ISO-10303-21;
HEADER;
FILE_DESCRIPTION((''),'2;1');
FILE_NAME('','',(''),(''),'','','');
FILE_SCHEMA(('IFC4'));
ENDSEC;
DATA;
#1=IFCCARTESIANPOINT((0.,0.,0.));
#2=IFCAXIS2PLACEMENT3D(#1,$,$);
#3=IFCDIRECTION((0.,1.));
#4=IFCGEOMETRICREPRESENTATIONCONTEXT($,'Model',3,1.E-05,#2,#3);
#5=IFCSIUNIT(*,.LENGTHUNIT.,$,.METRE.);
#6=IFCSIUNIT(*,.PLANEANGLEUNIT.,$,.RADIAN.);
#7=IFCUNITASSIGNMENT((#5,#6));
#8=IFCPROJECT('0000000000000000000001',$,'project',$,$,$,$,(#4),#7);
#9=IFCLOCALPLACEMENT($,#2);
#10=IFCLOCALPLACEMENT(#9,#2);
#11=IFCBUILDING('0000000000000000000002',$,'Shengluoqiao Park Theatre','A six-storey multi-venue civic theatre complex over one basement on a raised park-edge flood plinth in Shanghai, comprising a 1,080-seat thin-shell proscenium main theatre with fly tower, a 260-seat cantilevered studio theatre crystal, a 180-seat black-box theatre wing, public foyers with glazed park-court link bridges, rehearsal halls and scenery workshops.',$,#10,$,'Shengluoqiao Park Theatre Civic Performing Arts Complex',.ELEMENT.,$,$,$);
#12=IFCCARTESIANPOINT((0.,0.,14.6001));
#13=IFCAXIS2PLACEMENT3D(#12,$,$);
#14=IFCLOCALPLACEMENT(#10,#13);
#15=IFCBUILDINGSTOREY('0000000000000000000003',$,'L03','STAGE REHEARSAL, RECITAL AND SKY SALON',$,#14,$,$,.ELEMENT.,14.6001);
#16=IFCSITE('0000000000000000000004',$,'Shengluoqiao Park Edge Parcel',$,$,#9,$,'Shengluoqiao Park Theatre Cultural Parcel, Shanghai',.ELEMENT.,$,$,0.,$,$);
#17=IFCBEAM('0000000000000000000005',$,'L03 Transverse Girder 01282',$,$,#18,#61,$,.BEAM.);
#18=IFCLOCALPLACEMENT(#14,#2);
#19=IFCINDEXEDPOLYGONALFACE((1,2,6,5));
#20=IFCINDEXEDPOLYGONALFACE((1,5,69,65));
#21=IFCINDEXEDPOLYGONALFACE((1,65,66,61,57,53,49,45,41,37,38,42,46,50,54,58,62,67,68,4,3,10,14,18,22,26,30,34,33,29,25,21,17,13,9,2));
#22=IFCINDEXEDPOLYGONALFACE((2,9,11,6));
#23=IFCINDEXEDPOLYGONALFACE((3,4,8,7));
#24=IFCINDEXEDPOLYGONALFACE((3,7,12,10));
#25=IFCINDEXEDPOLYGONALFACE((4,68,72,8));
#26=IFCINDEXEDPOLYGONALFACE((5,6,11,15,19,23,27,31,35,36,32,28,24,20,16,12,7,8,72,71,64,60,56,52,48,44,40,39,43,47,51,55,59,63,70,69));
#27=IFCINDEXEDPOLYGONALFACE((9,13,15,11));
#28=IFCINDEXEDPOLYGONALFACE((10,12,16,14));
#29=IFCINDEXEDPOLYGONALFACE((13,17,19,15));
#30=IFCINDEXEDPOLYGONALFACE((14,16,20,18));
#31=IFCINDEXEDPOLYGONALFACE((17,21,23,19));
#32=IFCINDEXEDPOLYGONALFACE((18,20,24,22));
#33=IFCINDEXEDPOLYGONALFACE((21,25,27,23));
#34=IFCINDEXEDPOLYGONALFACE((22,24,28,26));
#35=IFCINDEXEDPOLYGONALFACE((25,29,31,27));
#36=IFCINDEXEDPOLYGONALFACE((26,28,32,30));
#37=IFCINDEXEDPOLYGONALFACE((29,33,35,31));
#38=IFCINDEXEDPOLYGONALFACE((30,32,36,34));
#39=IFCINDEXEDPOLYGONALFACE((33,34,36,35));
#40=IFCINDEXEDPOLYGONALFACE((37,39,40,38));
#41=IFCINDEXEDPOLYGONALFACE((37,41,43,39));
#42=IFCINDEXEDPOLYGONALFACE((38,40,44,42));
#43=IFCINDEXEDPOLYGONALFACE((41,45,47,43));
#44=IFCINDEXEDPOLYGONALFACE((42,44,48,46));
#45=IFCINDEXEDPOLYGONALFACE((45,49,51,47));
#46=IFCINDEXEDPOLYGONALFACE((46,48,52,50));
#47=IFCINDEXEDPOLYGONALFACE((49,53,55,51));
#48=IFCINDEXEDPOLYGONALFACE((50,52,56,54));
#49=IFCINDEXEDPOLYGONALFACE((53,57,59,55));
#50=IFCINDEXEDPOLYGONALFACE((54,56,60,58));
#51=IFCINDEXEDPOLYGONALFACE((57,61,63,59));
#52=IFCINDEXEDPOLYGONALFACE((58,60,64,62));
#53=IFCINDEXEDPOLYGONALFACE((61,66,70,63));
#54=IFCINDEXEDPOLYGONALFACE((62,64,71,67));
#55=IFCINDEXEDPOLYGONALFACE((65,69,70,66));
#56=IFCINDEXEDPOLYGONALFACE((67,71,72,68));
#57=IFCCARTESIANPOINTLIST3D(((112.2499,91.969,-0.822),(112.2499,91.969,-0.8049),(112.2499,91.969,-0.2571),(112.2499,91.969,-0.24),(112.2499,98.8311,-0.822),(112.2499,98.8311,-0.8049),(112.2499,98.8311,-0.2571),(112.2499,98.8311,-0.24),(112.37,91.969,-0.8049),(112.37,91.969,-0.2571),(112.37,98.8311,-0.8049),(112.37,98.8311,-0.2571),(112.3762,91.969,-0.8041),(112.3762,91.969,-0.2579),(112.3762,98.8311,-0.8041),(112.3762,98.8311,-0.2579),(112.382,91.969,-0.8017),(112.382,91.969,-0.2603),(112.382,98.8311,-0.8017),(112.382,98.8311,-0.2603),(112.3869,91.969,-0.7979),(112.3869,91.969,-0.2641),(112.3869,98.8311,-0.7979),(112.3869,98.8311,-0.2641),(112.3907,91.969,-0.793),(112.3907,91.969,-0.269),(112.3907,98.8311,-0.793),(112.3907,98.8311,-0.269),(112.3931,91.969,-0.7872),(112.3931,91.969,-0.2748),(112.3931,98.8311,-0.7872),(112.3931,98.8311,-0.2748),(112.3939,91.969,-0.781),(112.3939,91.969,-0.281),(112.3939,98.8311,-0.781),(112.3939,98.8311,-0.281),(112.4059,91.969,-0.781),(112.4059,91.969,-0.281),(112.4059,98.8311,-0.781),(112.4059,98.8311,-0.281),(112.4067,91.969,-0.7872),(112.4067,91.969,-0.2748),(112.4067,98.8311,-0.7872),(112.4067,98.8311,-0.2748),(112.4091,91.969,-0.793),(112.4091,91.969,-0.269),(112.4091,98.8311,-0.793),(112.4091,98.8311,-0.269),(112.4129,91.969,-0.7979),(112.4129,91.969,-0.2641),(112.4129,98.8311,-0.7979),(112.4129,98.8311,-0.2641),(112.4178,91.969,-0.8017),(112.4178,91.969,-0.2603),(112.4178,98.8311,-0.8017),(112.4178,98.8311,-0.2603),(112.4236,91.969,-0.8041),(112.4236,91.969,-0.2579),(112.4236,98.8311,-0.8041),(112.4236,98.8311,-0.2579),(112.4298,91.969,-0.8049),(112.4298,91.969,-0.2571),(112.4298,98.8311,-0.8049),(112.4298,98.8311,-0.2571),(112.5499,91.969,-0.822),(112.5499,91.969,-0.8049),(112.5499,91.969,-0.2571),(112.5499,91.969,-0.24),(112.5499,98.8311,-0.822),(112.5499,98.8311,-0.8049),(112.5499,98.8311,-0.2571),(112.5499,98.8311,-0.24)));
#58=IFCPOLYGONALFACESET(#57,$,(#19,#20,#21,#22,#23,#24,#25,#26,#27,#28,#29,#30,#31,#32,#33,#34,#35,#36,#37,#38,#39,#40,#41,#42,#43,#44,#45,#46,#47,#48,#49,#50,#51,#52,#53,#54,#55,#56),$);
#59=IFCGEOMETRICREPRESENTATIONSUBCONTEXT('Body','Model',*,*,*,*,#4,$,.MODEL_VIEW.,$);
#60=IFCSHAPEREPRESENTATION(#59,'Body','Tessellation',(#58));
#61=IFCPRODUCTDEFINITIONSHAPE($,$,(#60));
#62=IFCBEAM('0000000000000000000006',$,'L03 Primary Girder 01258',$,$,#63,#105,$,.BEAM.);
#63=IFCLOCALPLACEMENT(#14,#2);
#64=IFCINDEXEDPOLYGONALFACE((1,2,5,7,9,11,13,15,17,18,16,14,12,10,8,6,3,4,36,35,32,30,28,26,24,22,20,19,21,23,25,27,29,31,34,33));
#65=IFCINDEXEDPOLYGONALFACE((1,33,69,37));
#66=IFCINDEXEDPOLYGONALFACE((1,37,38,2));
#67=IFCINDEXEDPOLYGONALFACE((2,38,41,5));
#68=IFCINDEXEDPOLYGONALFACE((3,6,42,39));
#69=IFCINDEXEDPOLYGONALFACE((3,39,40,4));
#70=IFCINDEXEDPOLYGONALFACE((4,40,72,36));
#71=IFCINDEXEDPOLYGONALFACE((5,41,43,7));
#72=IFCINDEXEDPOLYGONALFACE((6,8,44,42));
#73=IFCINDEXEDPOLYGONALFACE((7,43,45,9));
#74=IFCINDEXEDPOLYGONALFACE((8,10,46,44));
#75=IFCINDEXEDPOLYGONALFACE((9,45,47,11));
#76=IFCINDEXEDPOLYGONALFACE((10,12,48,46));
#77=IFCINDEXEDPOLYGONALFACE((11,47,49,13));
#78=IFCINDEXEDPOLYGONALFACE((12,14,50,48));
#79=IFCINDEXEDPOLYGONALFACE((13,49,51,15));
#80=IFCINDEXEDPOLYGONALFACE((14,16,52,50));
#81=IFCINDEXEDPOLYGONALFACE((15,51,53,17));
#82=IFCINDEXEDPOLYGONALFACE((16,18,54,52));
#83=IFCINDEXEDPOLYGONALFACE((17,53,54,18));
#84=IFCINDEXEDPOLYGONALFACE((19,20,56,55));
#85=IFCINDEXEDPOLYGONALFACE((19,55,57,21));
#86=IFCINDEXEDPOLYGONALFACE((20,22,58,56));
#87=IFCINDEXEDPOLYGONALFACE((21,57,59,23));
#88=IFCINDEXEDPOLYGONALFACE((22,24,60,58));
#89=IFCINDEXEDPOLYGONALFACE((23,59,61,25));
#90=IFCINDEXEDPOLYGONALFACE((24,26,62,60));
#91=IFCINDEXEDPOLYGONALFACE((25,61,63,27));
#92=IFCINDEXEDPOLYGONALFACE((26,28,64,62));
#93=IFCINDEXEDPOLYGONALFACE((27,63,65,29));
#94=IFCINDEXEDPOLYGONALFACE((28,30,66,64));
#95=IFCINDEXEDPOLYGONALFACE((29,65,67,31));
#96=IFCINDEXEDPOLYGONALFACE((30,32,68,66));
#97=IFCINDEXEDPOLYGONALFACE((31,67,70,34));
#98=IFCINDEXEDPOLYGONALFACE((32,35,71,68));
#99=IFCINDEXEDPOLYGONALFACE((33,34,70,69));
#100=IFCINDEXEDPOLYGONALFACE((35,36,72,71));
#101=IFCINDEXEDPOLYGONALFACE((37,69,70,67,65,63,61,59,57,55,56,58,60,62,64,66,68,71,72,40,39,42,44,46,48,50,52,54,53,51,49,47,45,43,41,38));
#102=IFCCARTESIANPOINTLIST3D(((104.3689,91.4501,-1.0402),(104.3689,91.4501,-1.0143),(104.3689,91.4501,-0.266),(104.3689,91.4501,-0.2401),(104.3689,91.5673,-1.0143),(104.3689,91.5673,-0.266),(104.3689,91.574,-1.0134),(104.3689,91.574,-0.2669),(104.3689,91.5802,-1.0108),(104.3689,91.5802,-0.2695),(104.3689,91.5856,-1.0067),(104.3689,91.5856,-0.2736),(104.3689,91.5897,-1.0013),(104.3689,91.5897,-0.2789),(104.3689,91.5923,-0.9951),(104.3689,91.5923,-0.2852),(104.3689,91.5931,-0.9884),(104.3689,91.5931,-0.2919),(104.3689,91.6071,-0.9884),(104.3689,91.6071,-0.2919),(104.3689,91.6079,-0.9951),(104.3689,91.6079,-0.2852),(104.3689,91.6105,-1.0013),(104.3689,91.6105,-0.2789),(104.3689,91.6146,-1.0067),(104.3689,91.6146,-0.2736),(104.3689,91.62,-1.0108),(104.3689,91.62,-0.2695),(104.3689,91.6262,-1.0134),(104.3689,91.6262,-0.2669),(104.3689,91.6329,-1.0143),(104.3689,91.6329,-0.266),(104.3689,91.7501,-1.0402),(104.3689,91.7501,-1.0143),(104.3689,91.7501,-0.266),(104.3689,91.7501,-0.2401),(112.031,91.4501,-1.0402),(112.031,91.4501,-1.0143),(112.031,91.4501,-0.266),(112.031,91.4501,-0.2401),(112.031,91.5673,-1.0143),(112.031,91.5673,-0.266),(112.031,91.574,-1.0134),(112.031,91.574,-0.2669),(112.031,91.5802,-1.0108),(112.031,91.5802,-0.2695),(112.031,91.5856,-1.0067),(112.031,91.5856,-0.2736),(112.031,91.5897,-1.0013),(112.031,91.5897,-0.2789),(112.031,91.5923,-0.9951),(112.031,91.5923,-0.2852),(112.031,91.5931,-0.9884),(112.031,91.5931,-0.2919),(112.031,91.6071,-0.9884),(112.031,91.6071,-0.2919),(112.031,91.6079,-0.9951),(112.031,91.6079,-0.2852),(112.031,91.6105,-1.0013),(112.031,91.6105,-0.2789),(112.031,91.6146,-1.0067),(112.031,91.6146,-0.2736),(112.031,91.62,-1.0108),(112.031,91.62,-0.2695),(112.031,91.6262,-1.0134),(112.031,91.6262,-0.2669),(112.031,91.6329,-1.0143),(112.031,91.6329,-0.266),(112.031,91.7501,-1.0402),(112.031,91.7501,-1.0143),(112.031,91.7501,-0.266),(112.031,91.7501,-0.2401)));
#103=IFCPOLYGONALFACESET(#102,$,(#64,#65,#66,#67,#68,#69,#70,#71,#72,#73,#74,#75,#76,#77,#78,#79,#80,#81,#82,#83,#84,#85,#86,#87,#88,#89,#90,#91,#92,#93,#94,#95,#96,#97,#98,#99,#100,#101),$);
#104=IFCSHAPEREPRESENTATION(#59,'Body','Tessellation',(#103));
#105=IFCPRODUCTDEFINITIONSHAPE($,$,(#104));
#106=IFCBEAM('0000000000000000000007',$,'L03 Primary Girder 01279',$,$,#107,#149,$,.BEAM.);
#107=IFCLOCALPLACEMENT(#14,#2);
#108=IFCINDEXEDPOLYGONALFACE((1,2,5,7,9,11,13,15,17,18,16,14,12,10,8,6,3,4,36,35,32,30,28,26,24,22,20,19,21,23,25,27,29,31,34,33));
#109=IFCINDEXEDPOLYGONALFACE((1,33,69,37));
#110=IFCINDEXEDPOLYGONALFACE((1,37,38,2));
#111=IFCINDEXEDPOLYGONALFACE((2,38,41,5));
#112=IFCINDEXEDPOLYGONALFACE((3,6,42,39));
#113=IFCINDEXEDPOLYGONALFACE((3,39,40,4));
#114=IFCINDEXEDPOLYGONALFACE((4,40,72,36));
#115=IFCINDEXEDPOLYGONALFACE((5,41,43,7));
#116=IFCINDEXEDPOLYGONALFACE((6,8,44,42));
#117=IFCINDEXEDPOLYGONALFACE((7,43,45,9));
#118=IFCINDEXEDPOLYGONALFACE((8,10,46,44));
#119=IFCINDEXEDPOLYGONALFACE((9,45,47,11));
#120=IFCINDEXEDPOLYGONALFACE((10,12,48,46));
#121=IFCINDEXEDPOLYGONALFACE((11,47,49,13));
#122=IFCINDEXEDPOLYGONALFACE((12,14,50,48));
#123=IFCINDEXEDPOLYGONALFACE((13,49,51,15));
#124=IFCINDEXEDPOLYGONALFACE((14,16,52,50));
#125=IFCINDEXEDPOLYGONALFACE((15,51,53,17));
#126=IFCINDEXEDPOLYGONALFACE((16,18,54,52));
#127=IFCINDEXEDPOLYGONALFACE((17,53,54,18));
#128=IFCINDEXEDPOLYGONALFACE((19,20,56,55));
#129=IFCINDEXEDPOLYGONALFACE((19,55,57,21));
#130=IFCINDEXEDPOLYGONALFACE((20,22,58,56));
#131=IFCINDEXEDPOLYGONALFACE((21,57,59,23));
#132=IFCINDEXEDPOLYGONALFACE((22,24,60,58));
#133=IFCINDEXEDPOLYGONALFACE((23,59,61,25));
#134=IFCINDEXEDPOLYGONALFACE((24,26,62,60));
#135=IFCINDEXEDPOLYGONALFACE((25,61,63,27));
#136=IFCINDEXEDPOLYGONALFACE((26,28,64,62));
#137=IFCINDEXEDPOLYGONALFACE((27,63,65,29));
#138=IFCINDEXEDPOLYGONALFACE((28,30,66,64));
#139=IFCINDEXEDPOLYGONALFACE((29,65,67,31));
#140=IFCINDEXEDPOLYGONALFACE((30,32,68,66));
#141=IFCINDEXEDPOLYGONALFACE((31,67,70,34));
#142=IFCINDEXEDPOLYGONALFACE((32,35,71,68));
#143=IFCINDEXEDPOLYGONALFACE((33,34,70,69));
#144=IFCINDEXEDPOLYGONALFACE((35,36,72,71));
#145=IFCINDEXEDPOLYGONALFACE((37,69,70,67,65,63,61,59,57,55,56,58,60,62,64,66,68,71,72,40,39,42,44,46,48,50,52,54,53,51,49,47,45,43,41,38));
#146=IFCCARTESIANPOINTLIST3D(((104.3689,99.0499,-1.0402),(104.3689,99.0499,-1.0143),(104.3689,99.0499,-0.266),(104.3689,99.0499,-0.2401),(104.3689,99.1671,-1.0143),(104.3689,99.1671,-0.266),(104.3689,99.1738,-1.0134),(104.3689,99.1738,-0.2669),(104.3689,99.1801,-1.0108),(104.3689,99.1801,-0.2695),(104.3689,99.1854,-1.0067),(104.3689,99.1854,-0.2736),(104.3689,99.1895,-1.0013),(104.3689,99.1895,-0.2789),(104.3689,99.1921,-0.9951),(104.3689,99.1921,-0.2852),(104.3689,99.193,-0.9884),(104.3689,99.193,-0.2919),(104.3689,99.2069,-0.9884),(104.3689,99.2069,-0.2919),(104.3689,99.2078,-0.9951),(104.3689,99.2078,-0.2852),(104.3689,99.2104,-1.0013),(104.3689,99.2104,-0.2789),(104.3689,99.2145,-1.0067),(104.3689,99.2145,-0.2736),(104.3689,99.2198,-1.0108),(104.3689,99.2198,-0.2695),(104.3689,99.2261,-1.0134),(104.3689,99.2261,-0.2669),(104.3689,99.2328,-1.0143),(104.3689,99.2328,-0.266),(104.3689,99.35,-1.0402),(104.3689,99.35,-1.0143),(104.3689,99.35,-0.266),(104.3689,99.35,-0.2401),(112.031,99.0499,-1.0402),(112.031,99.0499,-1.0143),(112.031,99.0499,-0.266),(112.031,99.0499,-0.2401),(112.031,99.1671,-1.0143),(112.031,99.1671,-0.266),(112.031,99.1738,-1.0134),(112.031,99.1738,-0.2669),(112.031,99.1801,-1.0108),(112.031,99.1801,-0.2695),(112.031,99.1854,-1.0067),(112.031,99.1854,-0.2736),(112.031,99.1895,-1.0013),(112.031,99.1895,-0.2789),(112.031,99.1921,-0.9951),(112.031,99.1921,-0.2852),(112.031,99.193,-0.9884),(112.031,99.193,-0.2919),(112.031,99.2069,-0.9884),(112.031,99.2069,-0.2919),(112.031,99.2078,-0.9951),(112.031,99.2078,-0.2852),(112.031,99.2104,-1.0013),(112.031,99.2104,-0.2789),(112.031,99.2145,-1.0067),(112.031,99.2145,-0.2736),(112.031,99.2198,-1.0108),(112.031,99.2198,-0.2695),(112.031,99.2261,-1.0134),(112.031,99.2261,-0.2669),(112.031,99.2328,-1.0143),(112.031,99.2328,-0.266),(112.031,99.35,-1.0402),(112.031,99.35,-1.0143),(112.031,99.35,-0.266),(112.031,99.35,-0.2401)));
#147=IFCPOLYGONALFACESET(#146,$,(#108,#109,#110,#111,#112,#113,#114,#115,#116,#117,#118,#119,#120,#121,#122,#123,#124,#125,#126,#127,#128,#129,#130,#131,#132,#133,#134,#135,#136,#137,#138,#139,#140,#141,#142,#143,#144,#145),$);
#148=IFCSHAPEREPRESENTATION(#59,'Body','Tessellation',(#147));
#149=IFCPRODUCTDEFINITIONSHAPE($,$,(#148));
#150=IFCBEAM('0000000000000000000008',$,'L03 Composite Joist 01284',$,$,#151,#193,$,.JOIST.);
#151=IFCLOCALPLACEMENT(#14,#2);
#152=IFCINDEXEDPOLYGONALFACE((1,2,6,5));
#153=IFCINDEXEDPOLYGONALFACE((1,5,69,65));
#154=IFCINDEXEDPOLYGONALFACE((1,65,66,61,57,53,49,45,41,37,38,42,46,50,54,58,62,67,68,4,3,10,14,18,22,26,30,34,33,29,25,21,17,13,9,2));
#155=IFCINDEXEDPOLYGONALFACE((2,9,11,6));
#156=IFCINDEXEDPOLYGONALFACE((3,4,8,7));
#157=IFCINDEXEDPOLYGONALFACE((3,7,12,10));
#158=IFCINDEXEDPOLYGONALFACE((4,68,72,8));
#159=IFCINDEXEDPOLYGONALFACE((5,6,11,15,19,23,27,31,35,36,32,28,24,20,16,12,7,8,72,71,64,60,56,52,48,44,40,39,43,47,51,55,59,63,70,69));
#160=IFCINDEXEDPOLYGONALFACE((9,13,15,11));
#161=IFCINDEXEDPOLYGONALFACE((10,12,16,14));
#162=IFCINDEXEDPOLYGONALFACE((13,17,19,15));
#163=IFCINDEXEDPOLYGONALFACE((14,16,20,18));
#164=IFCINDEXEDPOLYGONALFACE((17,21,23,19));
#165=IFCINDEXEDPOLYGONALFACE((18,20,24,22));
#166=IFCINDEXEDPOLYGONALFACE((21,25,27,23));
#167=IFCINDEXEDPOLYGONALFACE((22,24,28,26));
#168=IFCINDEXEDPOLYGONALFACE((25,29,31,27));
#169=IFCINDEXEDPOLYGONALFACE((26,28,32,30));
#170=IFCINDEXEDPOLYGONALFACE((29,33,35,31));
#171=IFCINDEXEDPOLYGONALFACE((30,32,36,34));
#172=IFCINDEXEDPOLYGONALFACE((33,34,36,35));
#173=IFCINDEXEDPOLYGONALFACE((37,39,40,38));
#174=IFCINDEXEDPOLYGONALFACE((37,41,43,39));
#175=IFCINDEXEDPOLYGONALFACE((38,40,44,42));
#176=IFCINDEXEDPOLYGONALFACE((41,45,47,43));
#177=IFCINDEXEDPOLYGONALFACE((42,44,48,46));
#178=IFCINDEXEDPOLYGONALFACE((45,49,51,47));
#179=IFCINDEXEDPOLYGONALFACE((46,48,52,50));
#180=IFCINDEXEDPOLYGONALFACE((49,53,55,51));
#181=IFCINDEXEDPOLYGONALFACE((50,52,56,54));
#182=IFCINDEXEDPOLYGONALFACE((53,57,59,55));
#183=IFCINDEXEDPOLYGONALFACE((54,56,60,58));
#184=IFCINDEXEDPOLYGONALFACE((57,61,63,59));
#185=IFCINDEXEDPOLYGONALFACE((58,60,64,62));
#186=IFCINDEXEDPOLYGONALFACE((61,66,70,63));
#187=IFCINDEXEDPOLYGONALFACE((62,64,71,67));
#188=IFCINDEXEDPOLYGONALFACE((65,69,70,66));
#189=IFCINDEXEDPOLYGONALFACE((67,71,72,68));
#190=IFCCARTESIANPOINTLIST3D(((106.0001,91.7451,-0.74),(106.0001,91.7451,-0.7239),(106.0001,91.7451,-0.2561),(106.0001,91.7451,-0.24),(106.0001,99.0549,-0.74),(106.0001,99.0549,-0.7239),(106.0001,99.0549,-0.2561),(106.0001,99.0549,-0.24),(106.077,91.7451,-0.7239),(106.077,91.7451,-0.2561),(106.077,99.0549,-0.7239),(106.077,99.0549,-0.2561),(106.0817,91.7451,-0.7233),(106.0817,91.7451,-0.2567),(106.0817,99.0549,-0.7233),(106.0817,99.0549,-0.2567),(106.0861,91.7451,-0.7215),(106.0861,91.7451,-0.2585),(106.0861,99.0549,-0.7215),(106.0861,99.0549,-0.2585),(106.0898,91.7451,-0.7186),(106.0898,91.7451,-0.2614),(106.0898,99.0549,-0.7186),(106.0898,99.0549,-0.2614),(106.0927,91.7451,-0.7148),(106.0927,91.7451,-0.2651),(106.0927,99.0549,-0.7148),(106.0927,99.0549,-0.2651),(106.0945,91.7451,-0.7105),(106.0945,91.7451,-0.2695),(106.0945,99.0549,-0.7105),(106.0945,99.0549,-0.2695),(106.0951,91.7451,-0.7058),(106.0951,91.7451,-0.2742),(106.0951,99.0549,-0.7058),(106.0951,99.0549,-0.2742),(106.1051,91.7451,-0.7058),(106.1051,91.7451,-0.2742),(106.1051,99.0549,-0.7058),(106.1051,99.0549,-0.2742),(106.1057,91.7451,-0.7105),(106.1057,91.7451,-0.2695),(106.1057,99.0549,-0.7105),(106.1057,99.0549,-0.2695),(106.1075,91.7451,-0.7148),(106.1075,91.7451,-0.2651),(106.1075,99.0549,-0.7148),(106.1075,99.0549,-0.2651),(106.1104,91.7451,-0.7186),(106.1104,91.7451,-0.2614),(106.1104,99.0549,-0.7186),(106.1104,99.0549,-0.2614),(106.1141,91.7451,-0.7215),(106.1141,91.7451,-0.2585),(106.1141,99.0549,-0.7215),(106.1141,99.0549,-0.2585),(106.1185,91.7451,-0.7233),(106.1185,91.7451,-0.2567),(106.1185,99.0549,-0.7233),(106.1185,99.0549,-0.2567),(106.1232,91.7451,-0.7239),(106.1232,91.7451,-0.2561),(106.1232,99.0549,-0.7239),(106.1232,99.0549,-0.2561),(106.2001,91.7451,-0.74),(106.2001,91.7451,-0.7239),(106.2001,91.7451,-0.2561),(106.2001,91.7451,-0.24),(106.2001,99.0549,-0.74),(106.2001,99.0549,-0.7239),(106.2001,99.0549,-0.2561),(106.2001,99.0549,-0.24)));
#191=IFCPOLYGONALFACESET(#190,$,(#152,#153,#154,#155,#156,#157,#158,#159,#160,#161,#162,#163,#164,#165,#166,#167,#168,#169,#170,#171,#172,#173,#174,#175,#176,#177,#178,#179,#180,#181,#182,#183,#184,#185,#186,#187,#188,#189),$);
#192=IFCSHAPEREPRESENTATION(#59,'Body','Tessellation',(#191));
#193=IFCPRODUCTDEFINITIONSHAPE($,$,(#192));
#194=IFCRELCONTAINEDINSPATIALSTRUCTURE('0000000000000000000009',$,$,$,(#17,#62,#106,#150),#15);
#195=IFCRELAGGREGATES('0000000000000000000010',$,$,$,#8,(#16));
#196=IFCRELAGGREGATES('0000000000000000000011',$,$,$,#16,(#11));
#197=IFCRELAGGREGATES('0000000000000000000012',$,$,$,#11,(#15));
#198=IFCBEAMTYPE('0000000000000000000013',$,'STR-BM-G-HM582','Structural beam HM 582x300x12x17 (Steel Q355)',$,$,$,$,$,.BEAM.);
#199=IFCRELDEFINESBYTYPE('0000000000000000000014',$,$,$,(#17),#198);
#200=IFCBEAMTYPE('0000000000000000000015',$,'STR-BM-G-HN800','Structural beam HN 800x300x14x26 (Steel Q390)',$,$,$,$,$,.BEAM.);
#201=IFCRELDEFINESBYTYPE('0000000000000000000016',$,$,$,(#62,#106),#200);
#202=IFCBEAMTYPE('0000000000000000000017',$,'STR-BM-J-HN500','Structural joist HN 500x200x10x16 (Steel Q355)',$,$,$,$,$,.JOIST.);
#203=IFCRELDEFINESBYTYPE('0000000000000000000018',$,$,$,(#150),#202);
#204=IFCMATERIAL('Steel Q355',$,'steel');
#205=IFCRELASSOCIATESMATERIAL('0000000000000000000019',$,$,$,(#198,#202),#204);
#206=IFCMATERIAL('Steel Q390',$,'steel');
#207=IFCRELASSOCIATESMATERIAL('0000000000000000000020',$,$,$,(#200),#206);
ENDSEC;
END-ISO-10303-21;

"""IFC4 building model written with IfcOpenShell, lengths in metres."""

from ifc_helpers import new_model, si_unit, direction, frame, origin, origin_2d, place, context, subcontext, project, spatial, i_section, extrude, material, material_profile, profile_set, type_object, element, save


model = new_model("IFC4")

# Units and contexts
model_context = context("Model", 3, precision=1e-05, world=origin(), true_north=direction((0.0, 1.0)))
body_context = subcontext(model_context, "Body", "Model", "MODEL_VIEW")
ifc_project = project(units=[si_unit("LENGTHUNIT", "METRE"), si_unit("PLANEANGLEUNIT", "RADIAN")], contexts=[model_context])

# Site, building, storey
site_placement = place(None, origin())
site = spatial("IfcSite", under=ifc_project, at=site_placement, Name="Shengluoqiao Park Edge Parcel", LongName="Shengluoqiao Park Theatre Cultural Parcel, Shanghai", CompositionType="ELEMENT", RefElevation=0.0)
building_placement = place(site_placement, origin())
building = spatial("IfcBuilding", under=site, at=building_placement, Name="Shengluoqiao Park Theatre", Description="A six-storey multi-venue civic theatre complex over one basement on a raised park-edge flood plinth in Shanghai, comprising a 1,080-seat thin-shell proscenium main theatre with fly tower, a 260-seat cantilevered studio theatre crystal, a 180-seat black-box theatre wing, public foyers with glazed park-court link bridges, rehearsal halls and scenery workshops.", LongName="Shengluoqiao Park Theatre Civic Performing Arts Complex", CompositionType="ELEMENT")
storey_placement = place(building_placement, frame((0.0, 0.0, 14.6001)))
storey = spatial("IfcBuildingStorey", under=building, at=storey_placement, Name="L03", Description="STAGE REHEARSAL, RECITAL AND SKY SALON", CompositionType="ELEMENT", Elevation=14.6001)

# Beams
ifc_material_1 = material(Name="Steel Q355", Category="steel")
ifc_material_profile_1 = material_profile(ifc_material_1, i_section(OverallWidth=0.3, OverallDepth=0.582, WebThickness=0.012, FlangeThickness=0.0171, FilletRadius=0.0239, at=origin_2d()), Name="HM 582x300x12x17")
ifc_profile_set_1 = profile_set([ifc_material_profile_1], Name="Steel Q355")
beam_type_1 = type_object("IfcBeamType", Name="STR-BM-G-HM582", Description="Structural beam HM 582x300x12x17 (Steel Q355)", PredefinedType="BEAM", material=ifc_profile_set_1)
for number, where, z_axis, x_axis, name in (
    (1, (112.3999, 91.969, -0.531), (0.0, 1.0, 0.0), (-1.0, 0.0, 0.0), "L03 Transverse Girder 01282"),
):
    element("IfcBeam", number, at=place(storey_placement, frame(where, z_axis=z_axis, x_axis=x_axis)), inside=storey, type_object=beam_type_1, Name=name, PredefinedType="BEAM", context=body_context, shape_type="SweptSolid", body=[
        extrude(i_section(OverallWidth=0.3, OverallDepth=0.582, WebThickness=0.012, FlangeThickness=0.0171, FilletRadius=0.0239, at=origin_2d()), origin(), (0.0, 0.0, 1.0), 6.8621),
    ])
ifc_material_2 = material(Name="Steel Q390", Category="steel")
ifc_material_profile_2 = material_profile(ifc_material_2, i_section(OverallWidth=0.3, OverallDepth=0.8, WebThickness=0.0139, FlangeThickness=0.0259, FilletRadius=0.0259, at=origin_2d()), Name="HN 800x300x14x26")
ifc_profile_set_2 = profile_set([ifc_material_profile_2], Name="Steel Q390")
beam_type_2 = type_object("IfcBeamType", Name="STR-BM-G-HN800", Description="Structural beam HN 800x300x14x26 (Steel Q390)", PredefinedType="BEAM", material=ifc_profile_set_2)
for number, where, z_axis, x_axis, name in (
    (2, (104.3689, 91.6001, -0.6401), (1.0, 0.0, 0.0), (0.0, 1.0, 0.0), "L03 Primary Girder 01258"),
    (3, (104.3689, 99.2, -0.6401), (1.0, 0.0, 0.0), (0.0, 1.0, 0.0), "L03 Primary Girder 01279"),
):
    element("IfcBeam", number, at=place(storey_placement, frame(where, z_axis=z_axis, x_axis=x_axis)), inside=storey, type_object=beam_type_2, Name=name, PredefinedType="BEAM", context=body_context, shape_type="SweptSolid", body=[
        extrude(i_section(OverallWidth=0.3, OverallDepth=0.8, WebThickness=0.0139, FlangeThickness=0.0259, FilletRadius=0.0259, at=origin_2d()), origin(), (0.0, 0.0, 1.0), 7.6621),
    ])
ifc_material_profile_3 = material_profile(ifc_material_1, i_section(OverallWidth=0.2, OverallDepth=0.5, WebThickness=0.01, FlangeThickness=0.0161, FilletRadius=0.0181, at=origin_2d()), Name="HN 500x200x10x16")
ifc_profile_set_3 = profile_set([ifc_material_profile_3], Name="Steel Q355")
beam_type_3 = type_object("IfcBeamType", Name="STR-BM-J-HN500", Description="Structural joist HN 500x200x10x16 (Steel Q355)", PredefinedType="JOIST", material=ifc_profile_set_3)
for number, where, z_axis, x_axis, name in (
    (4, (106.1001, 91.7451, -0.49), (0.0, 1.0, 0.0), (-1.0, 0.0, 0.0), "L03 Composite Joist 01284"),
):
    element("IfcBeam", number, at=place(storey_placement, frame(where, z_axis=z_axis, x_axis=x_axis)), inside=storey, type_object=beam_type_3, Name=name, PredefinedType="JOIST", context=body_context, shape_type="SweptSolid", body=[
        extrude(i_section(OverallWidth=0.2, OverallDepth=0.5, WebThickness=0.01, FlangeThickness=0.0161, FilletRadius=0.0181, at=origin_2d()), origin(), (0.0, 0.0, 1.0), 7.3098),
    ])

save(model, "model.ifc")
